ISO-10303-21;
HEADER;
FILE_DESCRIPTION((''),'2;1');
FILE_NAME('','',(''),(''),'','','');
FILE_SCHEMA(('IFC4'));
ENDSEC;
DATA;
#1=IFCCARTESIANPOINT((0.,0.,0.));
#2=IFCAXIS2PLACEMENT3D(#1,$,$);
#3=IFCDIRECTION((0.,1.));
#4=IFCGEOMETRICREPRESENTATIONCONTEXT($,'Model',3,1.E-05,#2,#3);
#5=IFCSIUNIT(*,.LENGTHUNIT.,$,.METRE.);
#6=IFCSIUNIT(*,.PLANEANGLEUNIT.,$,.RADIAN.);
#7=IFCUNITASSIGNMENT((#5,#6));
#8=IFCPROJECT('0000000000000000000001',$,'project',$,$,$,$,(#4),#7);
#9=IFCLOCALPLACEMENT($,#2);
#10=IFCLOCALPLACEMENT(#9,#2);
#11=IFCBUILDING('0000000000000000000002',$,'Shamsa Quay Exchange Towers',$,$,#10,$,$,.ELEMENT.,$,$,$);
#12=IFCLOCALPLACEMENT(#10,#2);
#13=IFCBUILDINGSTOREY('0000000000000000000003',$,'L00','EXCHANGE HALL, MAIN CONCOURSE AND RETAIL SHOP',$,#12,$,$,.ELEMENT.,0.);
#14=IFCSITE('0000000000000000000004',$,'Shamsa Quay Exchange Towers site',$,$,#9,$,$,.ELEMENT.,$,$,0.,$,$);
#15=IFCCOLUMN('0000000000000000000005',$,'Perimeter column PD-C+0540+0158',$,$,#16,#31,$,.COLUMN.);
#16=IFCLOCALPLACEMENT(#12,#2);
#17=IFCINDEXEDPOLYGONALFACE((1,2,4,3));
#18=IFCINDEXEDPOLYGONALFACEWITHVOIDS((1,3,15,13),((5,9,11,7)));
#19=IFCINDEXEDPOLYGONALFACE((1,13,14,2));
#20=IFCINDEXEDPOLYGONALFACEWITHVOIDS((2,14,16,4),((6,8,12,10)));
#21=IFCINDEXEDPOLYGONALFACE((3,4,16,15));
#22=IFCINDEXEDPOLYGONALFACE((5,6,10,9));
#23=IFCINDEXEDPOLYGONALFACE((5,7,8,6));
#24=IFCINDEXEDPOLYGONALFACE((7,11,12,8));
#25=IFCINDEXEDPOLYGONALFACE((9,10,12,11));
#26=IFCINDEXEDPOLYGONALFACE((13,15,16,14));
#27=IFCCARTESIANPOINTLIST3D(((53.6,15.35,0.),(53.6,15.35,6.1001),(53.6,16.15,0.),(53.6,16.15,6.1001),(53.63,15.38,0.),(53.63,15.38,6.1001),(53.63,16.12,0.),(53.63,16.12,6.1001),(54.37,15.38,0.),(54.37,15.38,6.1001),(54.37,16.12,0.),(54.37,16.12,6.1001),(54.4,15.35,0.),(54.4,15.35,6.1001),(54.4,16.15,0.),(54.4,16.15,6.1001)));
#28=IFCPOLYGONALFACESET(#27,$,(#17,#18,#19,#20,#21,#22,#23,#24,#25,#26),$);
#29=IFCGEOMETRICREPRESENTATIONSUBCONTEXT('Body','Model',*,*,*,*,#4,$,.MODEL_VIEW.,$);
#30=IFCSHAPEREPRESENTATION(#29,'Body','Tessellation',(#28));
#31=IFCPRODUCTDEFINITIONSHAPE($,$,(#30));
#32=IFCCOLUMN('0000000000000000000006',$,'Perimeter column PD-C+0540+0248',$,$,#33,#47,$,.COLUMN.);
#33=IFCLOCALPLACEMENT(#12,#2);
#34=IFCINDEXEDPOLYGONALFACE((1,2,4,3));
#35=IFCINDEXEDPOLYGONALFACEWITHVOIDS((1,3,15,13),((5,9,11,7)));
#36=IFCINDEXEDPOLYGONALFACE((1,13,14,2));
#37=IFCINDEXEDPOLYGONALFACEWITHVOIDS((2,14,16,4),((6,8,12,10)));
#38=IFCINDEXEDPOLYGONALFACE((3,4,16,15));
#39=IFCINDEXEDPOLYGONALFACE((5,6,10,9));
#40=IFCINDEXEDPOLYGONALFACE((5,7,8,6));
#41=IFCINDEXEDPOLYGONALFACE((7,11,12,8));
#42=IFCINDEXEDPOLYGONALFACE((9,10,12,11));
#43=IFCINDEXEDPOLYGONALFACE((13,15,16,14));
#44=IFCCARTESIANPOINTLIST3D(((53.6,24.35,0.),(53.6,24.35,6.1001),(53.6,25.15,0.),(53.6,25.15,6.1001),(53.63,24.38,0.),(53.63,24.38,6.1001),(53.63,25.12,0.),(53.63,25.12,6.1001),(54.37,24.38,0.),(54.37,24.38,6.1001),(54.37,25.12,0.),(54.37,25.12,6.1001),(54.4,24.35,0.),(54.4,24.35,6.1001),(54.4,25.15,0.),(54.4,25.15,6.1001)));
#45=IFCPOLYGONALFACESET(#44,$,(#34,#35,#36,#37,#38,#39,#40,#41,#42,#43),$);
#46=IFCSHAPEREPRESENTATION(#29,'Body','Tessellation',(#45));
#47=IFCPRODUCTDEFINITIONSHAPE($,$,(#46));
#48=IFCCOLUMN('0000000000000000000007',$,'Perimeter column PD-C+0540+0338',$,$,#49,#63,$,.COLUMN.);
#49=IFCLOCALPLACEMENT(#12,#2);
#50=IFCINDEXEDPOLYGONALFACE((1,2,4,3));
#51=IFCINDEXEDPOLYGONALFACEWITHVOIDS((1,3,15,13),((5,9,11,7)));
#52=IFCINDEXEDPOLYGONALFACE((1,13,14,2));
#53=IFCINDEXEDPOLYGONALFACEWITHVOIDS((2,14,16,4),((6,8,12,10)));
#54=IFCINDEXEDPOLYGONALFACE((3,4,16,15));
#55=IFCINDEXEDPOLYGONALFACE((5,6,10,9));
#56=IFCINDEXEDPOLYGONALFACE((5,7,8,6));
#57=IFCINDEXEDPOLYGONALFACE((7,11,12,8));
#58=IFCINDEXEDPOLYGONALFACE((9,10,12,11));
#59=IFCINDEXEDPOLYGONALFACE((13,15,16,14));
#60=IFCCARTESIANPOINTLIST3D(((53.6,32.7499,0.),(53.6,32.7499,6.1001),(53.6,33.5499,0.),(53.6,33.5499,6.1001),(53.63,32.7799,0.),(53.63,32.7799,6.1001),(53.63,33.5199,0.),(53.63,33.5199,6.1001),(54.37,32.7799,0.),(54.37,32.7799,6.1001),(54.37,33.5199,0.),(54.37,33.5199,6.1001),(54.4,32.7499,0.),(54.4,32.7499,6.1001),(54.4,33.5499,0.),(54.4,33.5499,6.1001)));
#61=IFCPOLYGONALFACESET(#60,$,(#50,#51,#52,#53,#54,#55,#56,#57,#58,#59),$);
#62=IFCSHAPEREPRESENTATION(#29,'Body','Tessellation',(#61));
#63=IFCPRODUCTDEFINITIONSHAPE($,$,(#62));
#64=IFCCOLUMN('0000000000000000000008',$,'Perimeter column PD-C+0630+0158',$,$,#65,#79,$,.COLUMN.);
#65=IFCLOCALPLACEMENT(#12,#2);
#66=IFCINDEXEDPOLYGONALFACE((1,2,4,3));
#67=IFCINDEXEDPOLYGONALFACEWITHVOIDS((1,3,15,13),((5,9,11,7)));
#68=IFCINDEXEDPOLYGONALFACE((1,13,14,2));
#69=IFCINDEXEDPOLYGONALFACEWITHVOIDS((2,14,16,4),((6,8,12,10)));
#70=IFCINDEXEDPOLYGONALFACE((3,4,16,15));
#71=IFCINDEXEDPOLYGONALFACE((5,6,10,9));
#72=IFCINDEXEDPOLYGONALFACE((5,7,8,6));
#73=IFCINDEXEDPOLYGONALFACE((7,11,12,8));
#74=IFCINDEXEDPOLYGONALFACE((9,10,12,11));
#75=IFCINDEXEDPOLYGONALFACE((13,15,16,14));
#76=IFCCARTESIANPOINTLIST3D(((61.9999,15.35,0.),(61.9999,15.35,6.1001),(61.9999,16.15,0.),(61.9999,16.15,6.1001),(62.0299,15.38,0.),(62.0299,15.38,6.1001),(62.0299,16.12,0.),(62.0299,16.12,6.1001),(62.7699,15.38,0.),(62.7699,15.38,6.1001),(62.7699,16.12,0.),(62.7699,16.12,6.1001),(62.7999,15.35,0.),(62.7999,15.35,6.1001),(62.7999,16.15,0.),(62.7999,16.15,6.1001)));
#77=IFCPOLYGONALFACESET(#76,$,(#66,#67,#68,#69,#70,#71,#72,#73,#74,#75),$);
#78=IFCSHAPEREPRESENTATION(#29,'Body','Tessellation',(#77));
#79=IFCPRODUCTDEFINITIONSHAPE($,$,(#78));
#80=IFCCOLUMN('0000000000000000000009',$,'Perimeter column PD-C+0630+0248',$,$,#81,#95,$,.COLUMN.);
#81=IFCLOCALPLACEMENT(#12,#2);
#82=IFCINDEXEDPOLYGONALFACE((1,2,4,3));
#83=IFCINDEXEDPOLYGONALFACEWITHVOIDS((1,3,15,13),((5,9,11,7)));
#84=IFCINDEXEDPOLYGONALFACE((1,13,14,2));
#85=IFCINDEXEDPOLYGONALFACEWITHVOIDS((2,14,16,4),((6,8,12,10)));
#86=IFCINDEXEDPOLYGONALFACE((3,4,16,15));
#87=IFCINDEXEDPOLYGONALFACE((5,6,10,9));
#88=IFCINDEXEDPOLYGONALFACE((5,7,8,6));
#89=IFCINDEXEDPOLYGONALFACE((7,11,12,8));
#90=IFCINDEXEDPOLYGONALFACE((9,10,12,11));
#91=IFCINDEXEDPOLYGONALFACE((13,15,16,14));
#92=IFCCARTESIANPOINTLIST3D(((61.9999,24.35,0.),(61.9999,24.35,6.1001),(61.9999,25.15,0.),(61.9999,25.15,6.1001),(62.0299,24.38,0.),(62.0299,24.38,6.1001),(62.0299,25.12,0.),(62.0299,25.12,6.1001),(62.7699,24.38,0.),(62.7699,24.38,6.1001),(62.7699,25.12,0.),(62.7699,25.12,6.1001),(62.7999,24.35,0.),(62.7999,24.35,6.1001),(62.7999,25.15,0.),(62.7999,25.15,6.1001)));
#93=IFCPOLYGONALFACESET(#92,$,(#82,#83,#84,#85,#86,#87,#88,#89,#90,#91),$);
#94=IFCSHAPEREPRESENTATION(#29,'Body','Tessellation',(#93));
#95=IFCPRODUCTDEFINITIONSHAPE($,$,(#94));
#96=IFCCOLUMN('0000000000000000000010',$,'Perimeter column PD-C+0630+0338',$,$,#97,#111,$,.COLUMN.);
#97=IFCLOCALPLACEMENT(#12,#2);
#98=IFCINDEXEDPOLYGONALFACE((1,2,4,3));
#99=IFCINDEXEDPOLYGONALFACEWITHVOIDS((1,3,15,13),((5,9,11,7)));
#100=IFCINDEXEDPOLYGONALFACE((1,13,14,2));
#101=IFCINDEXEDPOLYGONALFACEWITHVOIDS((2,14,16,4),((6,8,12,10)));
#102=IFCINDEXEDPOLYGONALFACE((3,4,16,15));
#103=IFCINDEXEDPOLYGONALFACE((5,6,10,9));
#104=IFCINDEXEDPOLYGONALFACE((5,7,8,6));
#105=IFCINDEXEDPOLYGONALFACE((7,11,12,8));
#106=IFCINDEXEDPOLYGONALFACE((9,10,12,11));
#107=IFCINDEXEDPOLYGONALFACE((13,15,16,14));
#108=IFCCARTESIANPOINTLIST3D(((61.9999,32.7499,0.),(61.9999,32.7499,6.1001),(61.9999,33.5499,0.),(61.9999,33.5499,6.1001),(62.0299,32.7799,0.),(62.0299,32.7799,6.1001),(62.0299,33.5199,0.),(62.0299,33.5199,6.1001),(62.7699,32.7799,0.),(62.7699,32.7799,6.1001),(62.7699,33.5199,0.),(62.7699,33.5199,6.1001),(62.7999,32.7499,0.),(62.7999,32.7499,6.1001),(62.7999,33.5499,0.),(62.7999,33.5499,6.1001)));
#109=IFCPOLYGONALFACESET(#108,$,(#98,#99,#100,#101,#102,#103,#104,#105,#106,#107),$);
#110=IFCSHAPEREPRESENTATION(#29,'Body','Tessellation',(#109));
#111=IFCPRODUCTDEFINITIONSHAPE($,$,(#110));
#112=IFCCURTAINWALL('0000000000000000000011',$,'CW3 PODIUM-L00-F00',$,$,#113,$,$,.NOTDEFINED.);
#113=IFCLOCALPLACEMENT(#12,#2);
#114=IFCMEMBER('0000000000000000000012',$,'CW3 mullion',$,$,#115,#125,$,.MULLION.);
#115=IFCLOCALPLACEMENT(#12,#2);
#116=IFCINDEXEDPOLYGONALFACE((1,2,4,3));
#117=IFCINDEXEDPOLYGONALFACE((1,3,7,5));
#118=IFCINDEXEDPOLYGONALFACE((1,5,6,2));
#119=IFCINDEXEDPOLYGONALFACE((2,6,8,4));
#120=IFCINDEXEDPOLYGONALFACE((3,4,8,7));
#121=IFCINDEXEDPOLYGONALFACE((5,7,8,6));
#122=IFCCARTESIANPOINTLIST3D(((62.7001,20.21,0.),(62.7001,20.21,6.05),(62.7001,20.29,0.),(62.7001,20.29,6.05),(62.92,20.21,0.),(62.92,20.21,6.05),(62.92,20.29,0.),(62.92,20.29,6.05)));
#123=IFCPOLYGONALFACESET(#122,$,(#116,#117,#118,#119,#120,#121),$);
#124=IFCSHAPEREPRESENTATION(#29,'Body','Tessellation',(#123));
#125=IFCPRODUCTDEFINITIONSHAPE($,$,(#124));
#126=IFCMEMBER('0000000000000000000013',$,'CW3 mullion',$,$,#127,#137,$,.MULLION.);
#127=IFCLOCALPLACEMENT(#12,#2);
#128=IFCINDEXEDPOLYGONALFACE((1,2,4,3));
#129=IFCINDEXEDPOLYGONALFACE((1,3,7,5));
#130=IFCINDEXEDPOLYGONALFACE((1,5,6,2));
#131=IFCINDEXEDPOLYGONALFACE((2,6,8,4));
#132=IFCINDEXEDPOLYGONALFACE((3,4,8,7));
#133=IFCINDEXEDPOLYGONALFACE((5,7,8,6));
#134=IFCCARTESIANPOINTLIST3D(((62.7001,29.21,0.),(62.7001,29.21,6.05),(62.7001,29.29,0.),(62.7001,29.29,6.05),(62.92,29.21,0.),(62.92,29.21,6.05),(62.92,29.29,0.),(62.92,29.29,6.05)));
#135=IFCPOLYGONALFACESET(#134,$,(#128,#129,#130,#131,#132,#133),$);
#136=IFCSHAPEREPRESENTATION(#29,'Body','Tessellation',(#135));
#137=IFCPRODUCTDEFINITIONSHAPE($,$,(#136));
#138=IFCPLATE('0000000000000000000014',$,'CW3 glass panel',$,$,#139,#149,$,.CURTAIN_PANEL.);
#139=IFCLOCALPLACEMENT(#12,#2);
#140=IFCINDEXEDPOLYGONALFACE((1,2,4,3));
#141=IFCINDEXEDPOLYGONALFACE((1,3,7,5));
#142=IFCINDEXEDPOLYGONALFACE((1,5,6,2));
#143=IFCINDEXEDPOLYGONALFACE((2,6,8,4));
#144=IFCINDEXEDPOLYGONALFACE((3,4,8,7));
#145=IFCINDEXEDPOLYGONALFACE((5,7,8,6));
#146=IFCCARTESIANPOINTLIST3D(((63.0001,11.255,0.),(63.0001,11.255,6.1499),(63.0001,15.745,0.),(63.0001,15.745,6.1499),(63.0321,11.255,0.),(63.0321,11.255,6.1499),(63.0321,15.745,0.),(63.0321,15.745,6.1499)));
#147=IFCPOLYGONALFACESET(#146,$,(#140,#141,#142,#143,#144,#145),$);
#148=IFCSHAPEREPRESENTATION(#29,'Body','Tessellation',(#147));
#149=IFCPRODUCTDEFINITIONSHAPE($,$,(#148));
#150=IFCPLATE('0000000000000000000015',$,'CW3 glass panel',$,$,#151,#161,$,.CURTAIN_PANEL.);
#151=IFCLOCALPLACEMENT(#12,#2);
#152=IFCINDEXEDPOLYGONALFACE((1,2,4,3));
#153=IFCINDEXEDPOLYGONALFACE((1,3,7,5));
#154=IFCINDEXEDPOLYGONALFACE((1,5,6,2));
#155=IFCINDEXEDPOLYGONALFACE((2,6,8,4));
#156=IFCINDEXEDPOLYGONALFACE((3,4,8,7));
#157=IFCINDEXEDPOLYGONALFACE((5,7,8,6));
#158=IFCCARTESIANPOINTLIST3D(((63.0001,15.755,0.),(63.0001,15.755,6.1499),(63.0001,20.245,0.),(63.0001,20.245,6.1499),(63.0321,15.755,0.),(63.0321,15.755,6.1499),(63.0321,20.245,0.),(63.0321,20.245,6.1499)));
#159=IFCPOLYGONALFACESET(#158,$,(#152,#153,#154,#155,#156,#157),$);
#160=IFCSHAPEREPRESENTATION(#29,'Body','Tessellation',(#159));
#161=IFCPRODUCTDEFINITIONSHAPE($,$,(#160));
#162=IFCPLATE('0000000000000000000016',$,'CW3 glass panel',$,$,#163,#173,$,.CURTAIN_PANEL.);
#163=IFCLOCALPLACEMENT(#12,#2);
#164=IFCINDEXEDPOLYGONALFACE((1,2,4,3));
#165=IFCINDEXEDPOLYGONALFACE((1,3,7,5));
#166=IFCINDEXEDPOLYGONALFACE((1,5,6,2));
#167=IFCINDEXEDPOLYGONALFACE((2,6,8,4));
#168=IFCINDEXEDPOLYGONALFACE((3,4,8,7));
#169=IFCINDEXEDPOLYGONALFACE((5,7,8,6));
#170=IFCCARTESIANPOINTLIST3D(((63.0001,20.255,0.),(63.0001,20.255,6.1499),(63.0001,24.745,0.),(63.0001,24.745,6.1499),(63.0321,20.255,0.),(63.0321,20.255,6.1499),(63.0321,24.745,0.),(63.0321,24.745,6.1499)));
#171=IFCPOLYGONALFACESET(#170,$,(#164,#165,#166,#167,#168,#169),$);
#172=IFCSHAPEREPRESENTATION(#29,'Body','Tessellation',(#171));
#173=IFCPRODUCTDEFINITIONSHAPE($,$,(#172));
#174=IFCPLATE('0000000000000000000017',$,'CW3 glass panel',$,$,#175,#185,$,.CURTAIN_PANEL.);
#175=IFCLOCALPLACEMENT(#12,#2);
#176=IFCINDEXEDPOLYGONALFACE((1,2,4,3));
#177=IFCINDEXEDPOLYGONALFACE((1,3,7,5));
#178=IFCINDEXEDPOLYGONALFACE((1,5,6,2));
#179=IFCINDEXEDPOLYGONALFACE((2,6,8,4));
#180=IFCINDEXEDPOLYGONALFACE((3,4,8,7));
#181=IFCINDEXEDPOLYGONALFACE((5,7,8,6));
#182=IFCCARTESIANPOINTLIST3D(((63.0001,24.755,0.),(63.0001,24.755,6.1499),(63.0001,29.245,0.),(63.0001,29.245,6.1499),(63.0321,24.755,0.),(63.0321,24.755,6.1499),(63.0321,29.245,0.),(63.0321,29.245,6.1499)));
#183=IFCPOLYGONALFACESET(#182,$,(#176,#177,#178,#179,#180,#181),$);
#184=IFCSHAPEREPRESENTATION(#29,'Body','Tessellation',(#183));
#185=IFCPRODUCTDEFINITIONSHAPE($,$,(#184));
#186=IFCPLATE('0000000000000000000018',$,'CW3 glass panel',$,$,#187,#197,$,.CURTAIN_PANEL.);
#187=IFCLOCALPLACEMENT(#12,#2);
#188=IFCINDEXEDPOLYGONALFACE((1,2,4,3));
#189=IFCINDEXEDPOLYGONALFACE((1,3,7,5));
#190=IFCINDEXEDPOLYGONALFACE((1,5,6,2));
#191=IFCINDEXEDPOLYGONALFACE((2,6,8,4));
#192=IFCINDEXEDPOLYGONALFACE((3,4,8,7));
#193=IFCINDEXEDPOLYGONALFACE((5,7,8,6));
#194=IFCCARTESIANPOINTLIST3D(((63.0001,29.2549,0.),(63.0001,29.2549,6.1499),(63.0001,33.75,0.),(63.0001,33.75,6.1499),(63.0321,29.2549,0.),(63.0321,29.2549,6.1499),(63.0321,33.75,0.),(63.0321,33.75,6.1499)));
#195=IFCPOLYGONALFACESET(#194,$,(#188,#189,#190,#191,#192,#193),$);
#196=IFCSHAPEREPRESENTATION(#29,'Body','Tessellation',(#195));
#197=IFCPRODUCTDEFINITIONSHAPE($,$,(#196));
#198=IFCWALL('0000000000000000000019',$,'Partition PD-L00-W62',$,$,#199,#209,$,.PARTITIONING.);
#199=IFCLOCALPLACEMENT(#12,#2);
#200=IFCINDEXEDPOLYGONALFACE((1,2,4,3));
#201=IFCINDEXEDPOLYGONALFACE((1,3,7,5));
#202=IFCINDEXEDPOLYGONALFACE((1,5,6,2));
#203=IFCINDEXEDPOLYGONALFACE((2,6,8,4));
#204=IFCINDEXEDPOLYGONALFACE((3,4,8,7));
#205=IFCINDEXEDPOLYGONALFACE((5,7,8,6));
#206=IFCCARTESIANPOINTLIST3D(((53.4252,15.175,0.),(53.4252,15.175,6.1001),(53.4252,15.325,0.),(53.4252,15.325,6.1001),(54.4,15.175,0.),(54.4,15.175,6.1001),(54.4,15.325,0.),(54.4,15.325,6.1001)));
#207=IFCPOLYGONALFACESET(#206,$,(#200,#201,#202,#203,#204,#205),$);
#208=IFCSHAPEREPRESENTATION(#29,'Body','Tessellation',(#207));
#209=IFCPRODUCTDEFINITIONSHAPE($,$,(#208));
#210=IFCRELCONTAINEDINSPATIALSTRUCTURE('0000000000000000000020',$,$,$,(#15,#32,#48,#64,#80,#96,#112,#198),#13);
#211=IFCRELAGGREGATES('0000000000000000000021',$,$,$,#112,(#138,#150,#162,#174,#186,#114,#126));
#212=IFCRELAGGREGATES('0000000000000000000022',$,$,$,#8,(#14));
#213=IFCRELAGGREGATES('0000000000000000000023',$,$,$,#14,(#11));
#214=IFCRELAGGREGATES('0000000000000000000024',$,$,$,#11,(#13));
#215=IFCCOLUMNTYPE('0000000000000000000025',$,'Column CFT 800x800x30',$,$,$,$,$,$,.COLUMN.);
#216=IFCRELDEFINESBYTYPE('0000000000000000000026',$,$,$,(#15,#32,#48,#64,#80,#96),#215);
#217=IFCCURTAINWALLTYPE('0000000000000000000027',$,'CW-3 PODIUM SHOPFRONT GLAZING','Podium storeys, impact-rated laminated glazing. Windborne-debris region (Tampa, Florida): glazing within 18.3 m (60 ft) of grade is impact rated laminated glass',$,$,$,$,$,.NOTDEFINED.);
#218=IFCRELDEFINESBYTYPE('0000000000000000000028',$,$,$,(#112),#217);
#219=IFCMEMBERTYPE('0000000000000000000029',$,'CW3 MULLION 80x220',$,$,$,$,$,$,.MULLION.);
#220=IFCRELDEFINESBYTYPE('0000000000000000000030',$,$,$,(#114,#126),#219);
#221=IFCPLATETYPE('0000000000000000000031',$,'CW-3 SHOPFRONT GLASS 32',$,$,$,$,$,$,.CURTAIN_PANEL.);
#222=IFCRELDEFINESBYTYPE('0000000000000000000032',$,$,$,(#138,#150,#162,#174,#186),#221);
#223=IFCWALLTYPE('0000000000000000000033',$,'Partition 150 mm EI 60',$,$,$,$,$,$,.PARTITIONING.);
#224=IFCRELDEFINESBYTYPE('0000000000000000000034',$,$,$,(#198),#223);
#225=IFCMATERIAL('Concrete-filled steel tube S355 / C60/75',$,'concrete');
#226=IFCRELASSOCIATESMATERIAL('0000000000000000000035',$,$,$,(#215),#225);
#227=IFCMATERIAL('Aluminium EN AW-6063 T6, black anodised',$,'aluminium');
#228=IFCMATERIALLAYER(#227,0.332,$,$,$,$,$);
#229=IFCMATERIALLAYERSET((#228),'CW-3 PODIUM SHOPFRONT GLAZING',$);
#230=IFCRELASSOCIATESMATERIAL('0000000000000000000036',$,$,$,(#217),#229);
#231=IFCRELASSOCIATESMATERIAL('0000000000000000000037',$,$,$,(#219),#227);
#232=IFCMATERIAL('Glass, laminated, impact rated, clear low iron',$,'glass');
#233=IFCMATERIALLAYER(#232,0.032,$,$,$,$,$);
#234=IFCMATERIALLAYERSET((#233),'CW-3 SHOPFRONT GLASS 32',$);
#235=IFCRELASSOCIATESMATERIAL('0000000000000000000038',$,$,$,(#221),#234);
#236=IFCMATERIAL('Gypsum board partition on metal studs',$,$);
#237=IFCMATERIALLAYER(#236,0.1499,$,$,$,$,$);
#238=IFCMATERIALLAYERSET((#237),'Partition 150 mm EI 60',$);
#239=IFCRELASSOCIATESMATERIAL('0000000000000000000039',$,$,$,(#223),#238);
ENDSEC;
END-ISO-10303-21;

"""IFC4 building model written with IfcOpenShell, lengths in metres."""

from ifc_helpers import new_model, si_unit, direction, frame, frame_2d, origin, origin_2d, place, context, subcontext, project, spatial, rectangle, hollow_rectangle, extrude, material, layer, layer_set, material_profile, profile_set, type_object, element, aggregate, save


model = new_model("IFC4")

# Units and contexts
model_context = context("Model", 3, precision=1e-05, world=origin(), true_north=direction((0.0, 1.0)))
body_context = subcontext(model_context, "Body", "Model", "MODEL_VIEW")
ifc_project = project(units=[si_unit("LENGTHUNIT", "METRE"), si_unit("PLANEANGLEUNIT", "RADIAN")], contexts=[model_context])

# Site, building, storey
site_placement = place(None, origin())
site = spatial("IfcSite", under=ifc_project, at=site_placement, Name="Shamsa Quay Exchange Towers site", CompositionType="ELEMENT", RefElevation=0.0)
building_placement = place(site_placement, origin())
building = spatial("IfcBuilding", under=site, at=building_placement, Name="Shamsa Quay Exchange Towers", CompositionType="ELEMENT")
storey_placement = place(building_placement, origin())
storey = spatial("IfcBuildingStorey", under=building, at=storey_placement, Name="L00", Description="EXCHANGE HALL, MAIN CONCOURSE AND RETAIL SHOP", CompositionType="ELEMENT", Elevation=0.0)

# Columns
ifc_material_1 = material(Name="Concrete-filled steel tube S355 / C60/75", Category="concrete")
ifc_material_profile_1 = material_profile(ifc_material_1, hollow_rectangle(XDim=0.8, YDim=0.8, WallThickness=0.03, at=origin_2d()), Name="CFT 800x800x30")
ifc_profile_set_1 = profile_set([ifc_material_profile_1], Name="Concrete-filled steel tube S355 / C60/75")
column_type = type_object("IfcColumnType", Name="Column CFT 800x800x30", PredefinedType="COLUMN", material=ifc_profile_set_1)
for number, where, name in (
    (1, (54.0, 15.75, 0.0), "Perimeter column PD-C+0540+0158"),
    (2, (54.0, 24.75, 0.0), "Perimeter column PD-C+0540+0248"),
    (3, (54.0, 33.1499, 0.0), "Perimeter column PD-C+0540+0338"),
    (4, (62.3999, 15.75, 0.0), "Perimeter column PD-C+0630+0158"),
    (5, (62.3999, 24.75, 0.0), "Perimeter column PD-C+0630+0248"),
    (6, (62.3999, 33.1499, 0.0), "Perimeter column PD-C+0630+0338"),
):
    element("IfcColumn", number, at=place(storey_placement, frame(where)), inside=storey, type_object=column_type, Name=name, PredefinedType="COLUMN", context=body_context, shape_type="SweptSolid", body=[
        extrude(hollow_rectangle(XDim=0.8, YDim=0.8, WallThickness=0.03, at=origin_2d()), origin(), (0.0, 0.0, 1.0), 6.1001),
    ])

# Curtain wall, members, plates
ifc_material_2 = material(Name="Aluminium EN AW-6063 T6, black anodised", Category="aluminium")
ifc_layer_1 = layer(ifc_material_2, 0.332)
ifc_layer_set_1 = layer_set([ifc_layer_1], Name="CW-3 PODIUM SHOPFRONT GLAZING")
curtain_wall_type = type_object("IfcCurtainWallType", Name="CW-3 PODIUM SHOPFRONT GLAZING", Description="Podium storeys, impact-rated laminated glazing. Windborne-debris region (Tampa, Florida): glazing within 18.3 m (60 ft) of grade is impact rated laminated glass", PredefinedType="NOTDEFINED", material=ifc_layer_set_1)
curtain_wall_placement = place(storey_placement, origin())
curtain_wall = element("IfcCurtainWall", 7, at=curtain_wall_placement, inside=storey, type_object=curtain_wall_type, Name="CW3 PODIUM-L00-F00", PredefinedType="NOTDEFINED")
ifc_material_profile_2 = material_profile(ifc_material_2, rectangle(XDim=0.22, YDim=0.0801, at=origin_2d()), Name="MU80x220")
ifc_profile_set_2 = profile_set([ifc_material_profile_2], Name="Aluminium EN AW-6063 T6, black anodised")
member_type = type_object("IfcMemberType", Name="CW3 MULLION 80x220", PredefinedType="MULLION", material=ifc_profile_set_2)
member_1_placement = place(storey_placement, frame((62.8101, 20.25, 0.0), z_axis=(0.0, 0.0, 1.0), x_axis=(-1.0, 0.0, 0.0)))
member_1 = element("IfcMember", 8, at=member_1_placement, type_object=member_type, Name="CW3 mullion", PredefinedType="MULLION", context=body_context, shape_type="SweptSolid", body=[
    extrude(rectangle(XDim=0.22, YDim=0.0801, at=origin_2d()), origin(), (0.0, 0.0, 1.0), 6.05),
])
member_2_placement = place(storey_placement, frame((62.8101, 29.25, 0.0), z_axis=(0.0, 0.0, 1.0), x_axis=(-1.0, 0.0, 0.0)))
member_2 = element("IfcMember", 9, at=member_2_placement, type_object=member_type, Name="CW3 mullion", PredefinedType="MULLION", context=body_context, shape_type="SweptSolid", body=[
    extrude(rectangle(XDim=0.22, YDim=0.0801, at=origin_2d()), origin(), (0.0, 0.0, 1.0), 6.05),
])
ifc_material_3 = material(Name="Glass, laminated, impact rated, clear low iron", Category="glass")
ifc_layer_2 = layer(ifc_material_3, 0.032)
ifc_layer_set_2 = layer_set([ifc_layer_2], Name="CW-3 SHOPFRONT GLASS 32")
plate_type = type_object("IfcPlateType", Name="CW-3 SHOPFRONT GLASS 32", PredefinedType="CURTAIN_PANEL", material=ifc_layer_set_2)
plate_1_placement = place(storey_placement, frame((63.0161, 13.5, 0.0), z_axis=(0.0, 0.0, 1.0), x_axis=(0.0, 1.0, 0.0)))
plate_1 = element("IfcPlate", 10, at=plate_1_placement, type_object=plate_type, Name="CW3 glass panel", PredefinedType="CURTAIN_PANEL", context=body_context, shape_type="SweptSolid", body=[
    extrude(rectangle(XDim=4.49, YDim=0.032, at=origin_2d()), origin(), (0.0, 0.0, 1.0), 6.1499),
])
plate_2_placement = place(storey_placement, frame((63.0161, 18.0, 0.0), z_axis=(0.0, 0.0, 1.0), x_axis=(0.0, 1.0, 0.0)))
plate_2 = element("IfcPlate", 11, at=plate_2_placement, type_object=plate_type, Name="CW3 glass panel", PredefinedType="CURTAIN_PANEL", context=body_context, shape_type="SweptSolid", body=[
    extrude(rectangle(XDim=4.49, YDim=0.032, at=origin_2d()), origin(), (0.0, 0.0, 1.0), 6.1499),
])
plate_3_placement = place(storey_placement, frame((63.0161, 22.5, 0.0), z_axis=(0.0, 0.0, 1.0), x_axis=(0.0, 1.0, 0.0)))
plate_3 = element("IfcPlate", 12, at=plate_3_placement, type_object=plate_type, Name="CW3 glass panel", PredefinedType="CURTAIN_PANEL", context=body_context, shape_type="SweptSolid", body=[
    extrude(rectangle(XDim=4.49, YDim=0.032, at=origin_2d()), origin(), (0.0, 0.0, 1.0), 6.1499),
])
plate_4_placement = place(storey_placement, frame((63.0161, 27.0, 0.0), z_axis=(0.0, 0.0, 1.0), x_axis=(0.0, 1.0, 0.0)))
plate_4 = element("IfcPlate", 13, at=plate_4_placement, type_object=plate_type, Name="CW3 glass panel", PredefinedType="CURTAIN_PANEL", context=body_context, shape_type="SweptSolid", body=[
    extrude(rectangle(XDim=4.49, YDim=0.032, at=origin_2d()), origin(), (0.0, 0.0, 1.0), 6.1499),
])
plate_5_placement = place(storey_placement, frame((63.0161, 31.5024, 0.0), z_axis=(0.0, 0.0, 1.0), x_axis=(0.0, 1.0, 0.0)))
plate_5 = element("IfcPlate", 14, at=plate_5_placement, type_object=plate_type, Name="CW3 glass panel", PredefinedType="CURTAIN_PANEL", context=body_context, shape_type="SweptSolid", body=[
    extrude(rectangle(XDim=4.4951, YDim=0.032, at=origin_2d()), origin(), (0.0, 0.0, 1.0), 6.1499),
])
aggregate(curtain_wall, [plate_1, plate_2, plate_3, plate_4, plate_5, member_1, member_2])

# Wall
ifc_material_4 = material(Name="Gypsum board partition on metal studs")
ifc_layer_3 = layer(ifc_material_4, 0.1499)
ifc_layer_set_3 = layer_set([ifc_layer_3], Name="Partition 150 mm EI 60")
wall_type_1 = type_object("IfcWallType", Name="Partition 150 mm EI 60", PredefinedType="PARTITIONING", material=ifc_layer_set_3)
wall_1_placement = place(storey_placement, frame((54.3999, 15.25, 0.0), z_axis=(0.0, 0.0, 1.0), x_axis=(-1.0, 0.0, 0.0)))
element("IfcWall", 15, at=wall_1_placement, inside=storey, type_object=wall_type_1, Name="Partition PD-L00-W62", PredefinedType="PARTITIONING", context=body_context, shape_type="SweptSolid", body=[
    extrude(rectangle(XDim=0.9749, YDim=0.1499, at=frame_2d((0.4873, 0.0))), origin(), (0.0, 0.0, 1.0), 6.1001),
])

save(model, "model.ifc")
